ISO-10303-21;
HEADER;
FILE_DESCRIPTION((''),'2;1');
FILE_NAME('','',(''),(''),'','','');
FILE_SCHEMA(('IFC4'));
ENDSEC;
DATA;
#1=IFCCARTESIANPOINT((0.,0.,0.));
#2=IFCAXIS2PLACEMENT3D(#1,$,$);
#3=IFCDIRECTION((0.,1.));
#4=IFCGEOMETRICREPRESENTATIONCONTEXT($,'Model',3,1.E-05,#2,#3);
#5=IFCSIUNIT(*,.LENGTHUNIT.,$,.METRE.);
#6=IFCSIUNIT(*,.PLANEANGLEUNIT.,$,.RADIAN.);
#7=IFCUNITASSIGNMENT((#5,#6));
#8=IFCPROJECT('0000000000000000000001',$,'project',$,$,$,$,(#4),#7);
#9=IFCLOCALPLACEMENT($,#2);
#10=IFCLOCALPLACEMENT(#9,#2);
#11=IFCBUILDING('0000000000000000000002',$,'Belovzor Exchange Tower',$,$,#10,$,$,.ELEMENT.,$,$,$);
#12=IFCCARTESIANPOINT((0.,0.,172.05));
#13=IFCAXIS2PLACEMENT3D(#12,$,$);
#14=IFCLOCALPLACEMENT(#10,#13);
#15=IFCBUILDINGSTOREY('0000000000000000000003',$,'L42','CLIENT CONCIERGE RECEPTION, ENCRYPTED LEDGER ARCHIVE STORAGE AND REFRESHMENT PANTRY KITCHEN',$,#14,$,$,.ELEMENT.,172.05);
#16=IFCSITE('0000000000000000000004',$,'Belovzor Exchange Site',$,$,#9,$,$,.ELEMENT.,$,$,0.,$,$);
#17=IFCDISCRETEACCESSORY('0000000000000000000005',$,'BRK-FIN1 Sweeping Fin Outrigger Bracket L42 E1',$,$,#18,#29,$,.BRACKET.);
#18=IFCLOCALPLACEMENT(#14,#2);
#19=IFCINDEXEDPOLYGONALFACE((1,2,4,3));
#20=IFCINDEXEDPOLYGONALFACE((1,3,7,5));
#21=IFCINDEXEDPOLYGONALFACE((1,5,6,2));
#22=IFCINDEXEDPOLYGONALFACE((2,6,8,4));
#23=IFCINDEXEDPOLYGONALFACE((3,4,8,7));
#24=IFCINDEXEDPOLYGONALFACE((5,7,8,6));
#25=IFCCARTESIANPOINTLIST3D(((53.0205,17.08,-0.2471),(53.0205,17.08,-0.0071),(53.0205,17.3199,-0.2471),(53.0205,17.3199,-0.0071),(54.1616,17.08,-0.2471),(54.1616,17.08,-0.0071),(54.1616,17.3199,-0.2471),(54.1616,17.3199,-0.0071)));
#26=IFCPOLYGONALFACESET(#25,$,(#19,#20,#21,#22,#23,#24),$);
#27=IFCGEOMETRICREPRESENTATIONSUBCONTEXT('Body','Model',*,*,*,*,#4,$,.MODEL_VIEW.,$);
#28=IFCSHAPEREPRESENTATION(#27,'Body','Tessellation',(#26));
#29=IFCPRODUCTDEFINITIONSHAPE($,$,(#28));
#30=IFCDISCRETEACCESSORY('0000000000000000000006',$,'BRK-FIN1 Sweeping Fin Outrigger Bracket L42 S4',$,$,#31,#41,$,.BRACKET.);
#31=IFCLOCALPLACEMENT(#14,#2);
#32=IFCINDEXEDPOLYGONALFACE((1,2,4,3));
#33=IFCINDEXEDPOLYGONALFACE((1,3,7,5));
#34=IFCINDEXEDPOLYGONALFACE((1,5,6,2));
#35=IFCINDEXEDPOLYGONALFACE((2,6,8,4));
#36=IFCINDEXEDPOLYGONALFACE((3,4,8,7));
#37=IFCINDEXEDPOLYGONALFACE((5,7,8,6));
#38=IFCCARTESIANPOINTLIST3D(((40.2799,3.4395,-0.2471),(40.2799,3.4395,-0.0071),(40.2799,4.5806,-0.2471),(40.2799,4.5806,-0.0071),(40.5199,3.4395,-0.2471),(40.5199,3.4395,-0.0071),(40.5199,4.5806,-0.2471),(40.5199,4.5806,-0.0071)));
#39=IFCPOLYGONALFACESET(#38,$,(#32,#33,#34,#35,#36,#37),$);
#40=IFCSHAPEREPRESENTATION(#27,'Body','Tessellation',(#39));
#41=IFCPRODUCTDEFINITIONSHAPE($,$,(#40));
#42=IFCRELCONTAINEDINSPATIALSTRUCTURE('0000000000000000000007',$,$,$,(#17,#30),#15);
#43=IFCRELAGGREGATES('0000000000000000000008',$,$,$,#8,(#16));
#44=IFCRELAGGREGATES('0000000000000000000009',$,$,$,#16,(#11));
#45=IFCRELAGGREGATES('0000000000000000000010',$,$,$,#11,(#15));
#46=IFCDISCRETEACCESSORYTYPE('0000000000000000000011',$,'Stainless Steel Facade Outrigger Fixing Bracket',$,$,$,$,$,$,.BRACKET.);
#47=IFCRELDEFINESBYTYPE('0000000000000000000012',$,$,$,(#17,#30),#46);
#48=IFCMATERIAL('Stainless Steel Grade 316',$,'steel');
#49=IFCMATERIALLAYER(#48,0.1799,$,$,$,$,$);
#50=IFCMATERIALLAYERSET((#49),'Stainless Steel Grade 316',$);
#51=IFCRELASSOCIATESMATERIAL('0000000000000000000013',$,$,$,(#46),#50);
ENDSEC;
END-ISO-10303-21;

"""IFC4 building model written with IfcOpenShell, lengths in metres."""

from ifc_helpers import new_model, si_unit, direction, frame, origin, origin_2d, place, context, subcontext, project, spatial, rectangle, extrude, material, layer, layer_set, type_object, element, save


model = new_model("IFC4")

# Units and contexts
model_context = context("Model", 3, precision=1e-05, world=origin(), true_north=direction((0.0, 1.0)))
body_context = subcontext(model_context, "Body", "Model", "MODEL_VIEW")
ifc_project = project(units=[si_unit("LENGTHUNIT", "METRE"), si_unit("PLANEANGLEUNIT", "RADIAN")], contexts=[model_context])

# Site, building, storey
site_placement = place(None, origin())
site = spatial("IfcSite", under=ifc_project, at=site_placement, Name="Belovzor Exchange Site", CompositionType="ELEMENT", RefElevation=0.0)
building_placement = place(site_placement, origin())
building = spatial("IfcBuilding", under=site, at=building_placement, Name="Belovzor Exchange Tower", CompositionType="ELEMENT")
storey_placement = place(building_placement, frame((0.0, 0.0, 172.05)))
storey = spatial("IfcBuildingStorey", under=building, at=storey_placement, Name="L42", Description="CLIENT CONCIERGE RECEPTION, ENCRYPTED LEDGER ARCHIVE STORAGE AND REFRESHMENT PANTRY KITCHEN", CompositionType="ELEMENT", Elevation=172.05)

# Discrete accessories
ifc_material_1 = material(Name="Stainless Steel Grade 316", Category="steel")
ifc_layer_1 = layer(ifc_material_1, 0.1799)
ifc_layer_set_1 = layer_set([ifc_layer_1], Name="Stainless Steel Grade 316")
discrete_accessory_type = type_object("IfcDiscreteAccessoryType", Name="Stainless Steel Facade Outrigger Fixing Bracket", PredefinedType="BRACKET", material=ifc_layer_set_1)
for number, where, z_axis, x_axis, name in (
    (1, (53.5911, 17.2, -0.2471), (0.0, 0.0, 1.0), (1.0, 0.0, 0.0), "BRK-FIN1 Sweeping Fin Outrigger Bracket L42 E1"),
    (2, (40.3999, 4.01, -0.2471), (0.0, 0.0, 1.0), (0.0, 1.0, 0.0), "BRK-FIN1 Sweeping Fin Outrigger Bracket L42 S4"),
):
    element("IfcDiscreteAccessory", number, at=place(storey_placement, frame(where, z_axis=z_axis, x_axis=x_axis)), inside=storey, type_object=discrete_accessory_type, Name=name, PredefinedType="BRACKET", context=body_context, shape_type="SweptSolid", body=[
        extrude(rectangle(XDim=1.1411, YDim=0.24, at=origin_2d()), origin(), (0.0, 0.0, 1.0), 0.24),
    ])

save(model, "model.ifc")
